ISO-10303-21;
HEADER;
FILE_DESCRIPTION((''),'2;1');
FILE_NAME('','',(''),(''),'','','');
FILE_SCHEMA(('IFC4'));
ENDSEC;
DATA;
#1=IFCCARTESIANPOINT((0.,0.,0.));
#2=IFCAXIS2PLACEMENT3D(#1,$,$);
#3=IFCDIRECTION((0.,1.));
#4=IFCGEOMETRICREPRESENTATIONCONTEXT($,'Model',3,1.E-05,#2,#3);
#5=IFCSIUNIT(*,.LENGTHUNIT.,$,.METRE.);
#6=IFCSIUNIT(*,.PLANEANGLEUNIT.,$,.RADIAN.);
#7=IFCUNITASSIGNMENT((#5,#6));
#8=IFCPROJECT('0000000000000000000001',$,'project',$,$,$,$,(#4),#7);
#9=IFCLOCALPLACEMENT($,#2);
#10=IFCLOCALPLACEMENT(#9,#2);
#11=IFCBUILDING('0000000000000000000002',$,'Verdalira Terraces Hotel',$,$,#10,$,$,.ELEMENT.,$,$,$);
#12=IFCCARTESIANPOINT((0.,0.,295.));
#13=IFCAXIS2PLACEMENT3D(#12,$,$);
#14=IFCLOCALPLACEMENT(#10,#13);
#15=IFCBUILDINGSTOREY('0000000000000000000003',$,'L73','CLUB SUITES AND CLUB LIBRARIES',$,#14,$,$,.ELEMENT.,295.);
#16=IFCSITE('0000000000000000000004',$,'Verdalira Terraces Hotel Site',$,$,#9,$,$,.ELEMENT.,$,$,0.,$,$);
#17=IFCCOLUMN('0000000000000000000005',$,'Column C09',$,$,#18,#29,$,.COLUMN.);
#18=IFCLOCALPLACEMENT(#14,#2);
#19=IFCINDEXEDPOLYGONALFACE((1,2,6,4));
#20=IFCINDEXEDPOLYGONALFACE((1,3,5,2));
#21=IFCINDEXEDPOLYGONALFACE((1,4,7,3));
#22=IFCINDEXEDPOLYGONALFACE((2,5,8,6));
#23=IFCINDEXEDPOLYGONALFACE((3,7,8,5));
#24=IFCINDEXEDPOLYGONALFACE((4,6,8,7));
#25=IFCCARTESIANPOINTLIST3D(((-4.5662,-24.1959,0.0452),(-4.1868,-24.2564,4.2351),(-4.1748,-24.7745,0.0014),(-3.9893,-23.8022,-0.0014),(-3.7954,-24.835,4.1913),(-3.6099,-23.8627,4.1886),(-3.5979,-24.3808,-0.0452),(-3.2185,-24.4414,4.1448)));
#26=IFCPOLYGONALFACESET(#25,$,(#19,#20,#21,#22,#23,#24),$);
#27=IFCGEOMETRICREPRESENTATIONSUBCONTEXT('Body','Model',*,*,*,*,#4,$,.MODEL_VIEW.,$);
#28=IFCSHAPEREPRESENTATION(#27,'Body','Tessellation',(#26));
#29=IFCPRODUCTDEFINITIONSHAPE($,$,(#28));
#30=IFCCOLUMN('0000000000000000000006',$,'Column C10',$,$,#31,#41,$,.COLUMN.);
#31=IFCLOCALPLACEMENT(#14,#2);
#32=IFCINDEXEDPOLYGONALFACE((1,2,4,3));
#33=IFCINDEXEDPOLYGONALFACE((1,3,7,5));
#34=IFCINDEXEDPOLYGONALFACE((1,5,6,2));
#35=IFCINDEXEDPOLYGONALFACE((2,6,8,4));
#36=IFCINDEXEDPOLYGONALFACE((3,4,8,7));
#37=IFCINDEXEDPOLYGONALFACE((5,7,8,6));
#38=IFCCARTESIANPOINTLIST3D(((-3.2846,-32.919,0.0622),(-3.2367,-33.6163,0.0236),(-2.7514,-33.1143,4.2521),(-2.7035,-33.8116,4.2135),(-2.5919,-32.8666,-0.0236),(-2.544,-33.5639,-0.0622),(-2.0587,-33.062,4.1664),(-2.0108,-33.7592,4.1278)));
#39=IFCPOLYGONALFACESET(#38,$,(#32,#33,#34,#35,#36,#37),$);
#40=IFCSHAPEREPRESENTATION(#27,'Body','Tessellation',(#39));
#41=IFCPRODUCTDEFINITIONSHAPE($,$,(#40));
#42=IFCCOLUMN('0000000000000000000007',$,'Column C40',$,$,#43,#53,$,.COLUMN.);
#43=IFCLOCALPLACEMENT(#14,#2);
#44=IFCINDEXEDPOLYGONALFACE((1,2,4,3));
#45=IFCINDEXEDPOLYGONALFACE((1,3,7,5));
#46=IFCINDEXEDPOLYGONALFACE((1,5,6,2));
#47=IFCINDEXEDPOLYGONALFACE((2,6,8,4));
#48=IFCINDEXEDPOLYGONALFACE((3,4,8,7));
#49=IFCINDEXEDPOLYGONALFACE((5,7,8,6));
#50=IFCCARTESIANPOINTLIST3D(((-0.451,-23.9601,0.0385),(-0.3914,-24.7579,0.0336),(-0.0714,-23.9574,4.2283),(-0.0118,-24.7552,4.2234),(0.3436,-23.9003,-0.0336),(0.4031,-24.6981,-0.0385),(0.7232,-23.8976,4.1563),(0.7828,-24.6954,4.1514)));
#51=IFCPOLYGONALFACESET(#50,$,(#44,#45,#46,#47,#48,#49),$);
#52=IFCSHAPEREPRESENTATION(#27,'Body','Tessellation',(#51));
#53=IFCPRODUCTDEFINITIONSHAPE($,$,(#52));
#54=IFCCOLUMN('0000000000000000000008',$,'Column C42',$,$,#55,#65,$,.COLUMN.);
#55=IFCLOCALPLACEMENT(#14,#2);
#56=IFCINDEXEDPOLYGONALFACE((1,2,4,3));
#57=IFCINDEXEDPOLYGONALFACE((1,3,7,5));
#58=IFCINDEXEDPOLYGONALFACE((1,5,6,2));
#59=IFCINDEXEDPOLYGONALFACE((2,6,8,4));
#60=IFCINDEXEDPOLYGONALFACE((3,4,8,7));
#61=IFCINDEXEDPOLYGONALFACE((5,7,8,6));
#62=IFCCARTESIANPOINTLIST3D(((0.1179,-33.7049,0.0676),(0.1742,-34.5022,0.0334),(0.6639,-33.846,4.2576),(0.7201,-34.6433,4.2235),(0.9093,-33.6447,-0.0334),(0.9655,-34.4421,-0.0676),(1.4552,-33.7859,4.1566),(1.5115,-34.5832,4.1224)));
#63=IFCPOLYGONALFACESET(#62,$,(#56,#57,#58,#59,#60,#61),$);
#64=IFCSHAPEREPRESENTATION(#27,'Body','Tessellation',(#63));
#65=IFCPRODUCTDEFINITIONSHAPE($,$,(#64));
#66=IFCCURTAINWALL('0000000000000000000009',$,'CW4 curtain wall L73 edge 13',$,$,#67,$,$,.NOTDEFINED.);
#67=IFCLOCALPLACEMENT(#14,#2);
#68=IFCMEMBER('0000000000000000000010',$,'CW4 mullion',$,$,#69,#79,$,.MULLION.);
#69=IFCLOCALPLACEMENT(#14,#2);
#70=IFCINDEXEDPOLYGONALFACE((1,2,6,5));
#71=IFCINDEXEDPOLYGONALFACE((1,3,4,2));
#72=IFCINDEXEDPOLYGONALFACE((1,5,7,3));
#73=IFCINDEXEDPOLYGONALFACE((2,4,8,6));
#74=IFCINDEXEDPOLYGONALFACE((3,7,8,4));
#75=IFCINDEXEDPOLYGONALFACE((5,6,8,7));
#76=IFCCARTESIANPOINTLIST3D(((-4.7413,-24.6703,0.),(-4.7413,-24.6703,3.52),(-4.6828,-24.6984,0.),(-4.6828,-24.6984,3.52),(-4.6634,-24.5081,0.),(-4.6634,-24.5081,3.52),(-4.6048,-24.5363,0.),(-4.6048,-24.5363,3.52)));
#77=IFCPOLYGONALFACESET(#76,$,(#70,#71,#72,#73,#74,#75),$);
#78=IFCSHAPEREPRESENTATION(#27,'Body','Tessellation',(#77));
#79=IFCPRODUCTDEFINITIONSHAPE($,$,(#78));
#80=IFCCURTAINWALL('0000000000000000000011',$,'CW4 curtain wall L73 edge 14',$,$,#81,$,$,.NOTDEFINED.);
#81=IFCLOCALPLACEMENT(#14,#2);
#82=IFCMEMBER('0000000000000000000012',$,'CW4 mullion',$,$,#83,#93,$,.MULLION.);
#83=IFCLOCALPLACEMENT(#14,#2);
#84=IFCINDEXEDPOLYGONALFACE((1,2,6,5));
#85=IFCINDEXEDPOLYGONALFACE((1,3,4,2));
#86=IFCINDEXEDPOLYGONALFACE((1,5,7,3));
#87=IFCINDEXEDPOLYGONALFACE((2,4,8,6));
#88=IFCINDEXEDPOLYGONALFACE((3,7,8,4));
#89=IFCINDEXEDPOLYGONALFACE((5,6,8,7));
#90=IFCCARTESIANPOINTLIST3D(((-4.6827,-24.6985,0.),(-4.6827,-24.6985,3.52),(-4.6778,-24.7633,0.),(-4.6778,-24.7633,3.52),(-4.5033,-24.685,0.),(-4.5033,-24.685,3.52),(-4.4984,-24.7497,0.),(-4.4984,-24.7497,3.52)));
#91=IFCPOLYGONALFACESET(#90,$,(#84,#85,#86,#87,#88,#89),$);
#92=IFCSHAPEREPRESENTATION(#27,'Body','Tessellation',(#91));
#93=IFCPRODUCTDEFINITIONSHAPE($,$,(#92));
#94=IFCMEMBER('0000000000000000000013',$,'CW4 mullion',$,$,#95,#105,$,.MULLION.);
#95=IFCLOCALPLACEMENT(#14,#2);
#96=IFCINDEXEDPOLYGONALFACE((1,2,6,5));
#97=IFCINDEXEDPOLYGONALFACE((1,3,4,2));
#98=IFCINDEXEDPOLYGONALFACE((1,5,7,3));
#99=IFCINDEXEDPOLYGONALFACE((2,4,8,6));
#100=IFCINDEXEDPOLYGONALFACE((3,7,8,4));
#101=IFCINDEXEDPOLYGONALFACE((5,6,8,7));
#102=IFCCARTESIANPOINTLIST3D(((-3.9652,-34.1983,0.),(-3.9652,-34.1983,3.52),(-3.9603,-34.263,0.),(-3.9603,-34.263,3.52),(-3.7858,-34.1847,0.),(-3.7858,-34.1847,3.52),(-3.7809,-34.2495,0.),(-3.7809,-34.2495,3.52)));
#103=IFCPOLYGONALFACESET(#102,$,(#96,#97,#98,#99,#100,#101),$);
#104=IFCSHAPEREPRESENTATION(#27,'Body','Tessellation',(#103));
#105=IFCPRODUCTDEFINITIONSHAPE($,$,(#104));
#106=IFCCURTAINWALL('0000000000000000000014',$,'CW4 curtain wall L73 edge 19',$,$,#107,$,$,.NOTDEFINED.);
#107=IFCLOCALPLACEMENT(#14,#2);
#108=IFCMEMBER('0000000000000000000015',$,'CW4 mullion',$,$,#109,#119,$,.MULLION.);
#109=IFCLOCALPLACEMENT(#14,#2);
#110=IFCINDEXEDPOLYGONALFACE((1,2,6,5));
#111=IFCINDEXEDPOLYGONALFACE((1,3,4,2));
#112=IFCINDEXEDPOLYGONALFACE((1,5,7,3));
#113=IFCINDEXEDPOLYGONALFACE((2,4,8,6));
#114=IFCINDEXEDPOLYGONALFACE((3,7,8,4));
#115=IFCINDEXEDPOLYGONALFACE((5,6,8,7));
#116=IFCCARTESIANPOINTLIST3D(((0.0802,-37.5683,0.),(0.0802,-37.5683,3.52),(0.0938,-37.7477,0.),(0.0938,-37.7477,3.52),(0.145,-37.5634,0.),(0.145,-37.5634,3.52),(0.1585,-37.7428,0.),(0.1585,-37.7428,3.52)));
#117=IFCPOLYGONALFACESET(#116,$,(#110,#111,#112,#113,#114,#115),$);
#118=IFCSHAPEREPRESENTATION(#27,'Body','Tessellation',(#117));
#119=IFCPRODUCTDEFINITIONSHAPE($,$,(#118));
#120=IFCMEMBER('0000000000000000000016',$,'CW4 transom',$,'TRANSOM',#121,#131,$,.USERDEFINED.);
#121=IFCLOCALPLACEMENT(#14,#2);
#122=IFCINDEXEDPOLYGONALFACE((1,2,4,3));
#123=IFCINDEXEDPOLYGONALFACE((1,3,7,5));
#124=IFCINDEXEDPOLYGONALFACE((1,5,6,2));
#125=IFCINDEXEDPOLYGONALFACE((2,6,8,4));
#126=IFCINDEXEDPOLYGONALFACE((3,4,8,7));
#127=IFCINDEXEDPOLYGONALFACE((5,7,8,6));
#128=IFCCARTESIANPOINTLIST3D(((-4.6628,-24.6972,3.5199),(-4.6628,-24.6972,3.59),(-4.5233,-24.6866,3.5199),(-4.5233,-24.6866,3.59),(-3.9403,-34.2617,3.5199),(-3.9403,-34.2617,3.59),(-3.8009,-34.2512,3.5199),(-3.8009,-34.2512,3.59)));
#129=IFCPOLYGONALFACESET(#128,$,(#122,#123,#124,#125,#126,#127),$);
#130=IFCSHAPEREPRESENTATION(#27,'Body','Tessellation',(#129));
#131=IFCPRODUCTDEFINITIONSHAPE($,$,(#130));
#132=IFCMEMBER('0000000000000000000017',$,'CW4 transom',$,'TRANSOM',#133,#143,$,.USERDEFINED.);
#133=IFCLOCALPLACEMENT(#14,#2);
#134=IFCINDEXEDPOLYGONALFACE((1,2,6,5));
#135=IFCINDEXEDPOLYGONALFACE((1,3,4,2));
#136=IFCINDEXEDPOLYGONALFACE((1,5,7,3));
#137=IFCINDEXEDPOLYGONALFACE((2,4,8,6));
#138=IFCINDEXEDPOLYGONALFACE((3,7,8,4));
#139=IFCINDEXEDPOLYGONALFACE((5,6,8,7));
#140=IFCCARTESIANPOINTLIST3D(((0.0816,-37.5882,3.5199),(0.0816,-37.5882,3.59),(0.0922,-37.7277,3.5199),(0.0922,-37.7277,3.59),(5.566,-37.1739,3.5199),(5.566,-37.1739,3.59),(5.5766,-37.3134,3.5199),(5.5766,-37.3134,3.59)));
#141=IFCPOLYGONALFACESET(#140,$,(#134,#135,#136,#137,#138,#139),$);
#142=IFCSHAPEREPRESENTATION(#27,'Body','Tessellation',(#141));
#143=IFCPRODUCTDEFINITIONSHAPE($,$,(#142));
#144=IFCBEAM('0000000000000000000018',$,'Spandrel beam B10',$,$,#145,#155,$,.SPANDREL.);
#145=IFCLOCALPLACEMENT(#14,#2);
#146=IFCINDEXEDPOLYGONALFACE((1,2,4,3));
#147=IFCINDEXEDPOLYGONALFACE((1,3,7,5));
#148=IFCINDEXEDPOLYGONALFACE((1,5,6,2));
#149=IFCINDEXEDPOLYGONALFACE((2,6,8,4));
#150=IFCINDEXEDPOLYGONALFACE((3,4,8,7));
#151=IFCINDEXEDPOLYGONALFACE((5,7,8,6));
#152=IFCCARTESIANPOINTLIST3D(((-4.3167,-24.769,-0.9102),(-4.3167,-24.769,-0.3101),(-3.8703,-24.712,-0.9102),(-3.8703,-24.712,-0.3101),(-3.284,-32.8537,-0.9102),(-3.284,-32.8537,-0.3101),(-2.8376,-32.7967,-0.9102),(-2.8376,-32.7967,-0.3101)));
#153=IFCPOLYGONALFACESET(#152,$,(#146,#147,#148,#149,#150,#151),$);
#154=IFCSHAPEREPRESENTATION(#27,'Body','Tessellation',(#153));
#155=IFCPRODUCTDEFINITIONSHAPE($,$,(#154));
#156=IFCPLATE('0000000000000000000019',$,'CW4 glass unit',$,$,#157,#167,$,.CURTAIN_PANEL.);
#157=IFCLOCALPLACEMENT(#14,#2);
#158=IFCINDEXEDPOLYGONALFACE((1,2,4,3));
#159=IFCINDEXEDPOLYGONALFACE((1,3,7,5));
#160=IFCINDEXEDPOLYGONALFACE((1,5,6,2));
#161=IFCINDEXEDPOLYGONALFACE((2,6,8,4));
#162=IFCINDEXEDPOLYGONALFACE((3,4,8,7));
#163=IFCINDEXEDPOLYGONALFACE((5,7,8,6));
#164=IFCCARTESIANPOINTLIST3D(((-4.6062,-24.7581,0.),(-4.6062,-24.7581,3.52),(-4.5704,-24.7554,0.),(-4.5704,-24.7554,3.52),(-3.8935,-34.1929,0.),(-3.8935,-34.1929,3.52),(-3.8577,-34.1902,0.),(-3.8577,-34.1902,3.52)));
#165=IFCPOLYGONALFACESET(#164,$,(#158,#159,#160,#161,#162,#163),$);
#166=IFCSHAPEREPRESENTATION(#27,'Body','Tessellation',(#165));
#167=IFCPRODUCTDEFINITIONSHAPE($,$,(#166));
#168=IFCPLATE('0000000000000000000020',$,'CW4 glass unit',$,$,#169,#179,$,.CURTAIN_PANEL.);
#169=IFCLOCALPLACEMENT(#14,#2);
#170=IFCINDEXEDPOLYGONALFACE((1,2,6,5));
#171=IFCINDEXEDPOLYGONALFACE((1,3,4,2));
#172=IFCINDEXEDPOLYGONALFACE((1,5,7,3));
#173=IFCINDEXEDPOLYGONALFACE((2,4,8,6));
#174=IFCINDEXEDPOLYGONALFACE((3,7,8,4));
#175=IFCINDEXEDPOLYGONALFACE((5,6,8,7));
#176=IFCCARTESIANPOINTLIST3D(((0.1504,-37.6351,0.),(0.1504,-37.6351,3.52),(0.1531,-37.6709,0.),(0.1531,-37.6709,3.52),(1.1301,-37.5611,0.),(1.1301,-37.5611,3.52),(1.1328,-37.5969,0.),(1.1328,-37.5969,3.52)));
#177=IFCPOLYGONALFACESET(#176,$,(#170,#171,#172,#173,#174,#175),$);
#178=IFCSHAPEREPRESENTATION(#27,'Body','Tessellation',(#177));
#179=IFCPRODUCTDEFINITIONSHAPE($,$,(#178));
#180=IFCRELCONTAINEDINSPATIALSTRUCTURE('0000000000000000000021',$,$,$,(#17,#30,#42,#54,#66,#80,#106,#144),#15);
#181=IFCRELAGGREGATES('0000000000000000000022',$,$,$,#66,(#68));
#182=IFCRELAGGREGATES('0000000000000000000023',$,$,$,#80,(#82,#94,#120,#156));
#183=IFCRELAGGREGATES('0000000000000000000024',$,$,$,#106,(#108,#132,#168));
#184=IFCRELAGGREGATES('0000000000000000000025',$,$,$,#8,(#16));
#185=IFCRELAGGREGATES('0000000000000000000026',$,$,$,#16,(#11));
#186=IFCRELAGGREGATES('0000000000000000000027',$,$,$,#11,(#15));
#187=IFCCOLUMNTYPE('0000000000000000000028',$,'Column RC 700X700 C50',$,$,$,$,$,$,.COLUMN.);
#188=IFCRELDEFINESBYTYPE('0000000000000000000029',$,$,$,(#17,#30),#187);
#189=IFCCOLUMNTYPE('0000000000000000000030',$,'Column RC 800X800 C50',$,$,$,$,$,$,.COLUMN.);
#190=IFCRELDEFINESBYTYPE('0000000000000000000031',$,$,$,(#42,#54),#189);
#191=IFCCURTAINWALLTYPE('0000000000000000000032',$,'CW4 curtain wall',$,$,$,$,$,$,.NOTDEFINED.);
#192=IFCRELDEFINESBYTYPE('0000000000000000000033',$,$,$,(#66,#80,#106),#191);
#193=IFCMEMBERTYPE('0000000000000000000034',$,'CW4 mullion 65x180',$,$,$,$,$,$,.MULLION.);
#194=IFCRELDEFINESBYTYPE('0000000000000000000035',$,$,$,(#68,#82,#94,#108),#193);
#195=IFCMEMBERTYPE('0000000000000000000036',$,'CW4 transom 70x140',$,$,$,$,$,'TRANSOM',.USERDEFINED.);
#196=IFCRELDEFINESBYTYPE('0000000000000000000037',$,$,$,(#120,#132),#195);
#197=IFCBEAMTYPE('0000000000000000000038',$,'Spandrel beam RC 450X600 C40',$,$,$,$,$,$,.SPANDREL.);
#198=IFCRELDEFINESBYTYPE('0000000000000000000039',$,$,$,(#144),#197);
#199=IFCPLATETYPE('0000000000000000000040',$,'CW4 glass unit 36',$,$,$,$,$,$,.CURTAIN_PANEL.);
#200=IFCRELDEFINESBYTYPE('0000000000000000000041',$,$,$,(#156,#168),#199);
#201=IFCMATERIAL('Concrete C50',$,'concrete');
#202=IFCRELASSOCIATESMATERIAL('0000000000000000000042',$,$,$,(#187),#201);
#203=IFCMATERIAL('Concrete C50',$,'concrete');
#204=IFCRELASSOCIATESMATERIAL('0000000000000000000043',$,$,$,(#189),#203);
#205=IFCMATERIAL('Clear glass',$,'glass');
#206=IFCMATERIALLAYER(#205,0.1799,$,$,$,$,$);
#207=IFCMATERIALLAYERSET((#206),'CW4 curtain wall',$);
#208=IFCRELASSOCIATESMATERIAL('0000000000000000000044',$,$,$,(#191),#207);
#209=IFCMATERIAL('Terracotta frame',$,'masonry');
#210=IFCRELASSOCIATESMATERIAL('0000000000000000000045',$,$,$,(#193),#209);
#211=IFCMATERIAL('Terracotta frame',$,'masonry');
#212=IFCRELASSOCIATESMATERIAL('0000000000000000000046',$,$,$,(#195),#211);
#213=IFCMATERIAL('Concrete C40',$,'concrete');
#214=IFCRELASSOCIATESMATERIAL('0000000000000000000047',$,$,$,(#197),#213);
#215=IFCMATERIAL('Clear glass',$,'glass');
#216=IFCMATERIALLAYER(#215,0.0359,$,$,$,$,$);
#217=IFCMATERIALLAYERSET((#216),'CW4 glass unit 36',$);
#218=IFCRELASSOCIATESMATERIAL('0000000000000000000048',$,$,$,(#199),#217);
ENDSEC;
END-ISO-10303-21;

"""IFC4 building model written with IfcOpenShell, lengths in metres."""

from ifc_helpers import new_model, si_unit, direction, frame, origin, origin_2d, place, context, subcontext, project, spatial, rectangle, extrude, material, layer, layer_set, material_profile, profile_set, type_object, element, aggregate, save


model = new_model("IFC4")

# Units and contexts
model_context = context("Model", 3, precision=1e-05, world=origin(), true_north=direction((0.0, 1.0)))
body_context = subcontext(model_context, "Body", "Model", "MODEL_VIEW")
ifc_project = project(units=[si_unit("LENGTHUNIT", "METRE"), si_unit("PLANEANGLEUNIT", "RADIAN")], contexts=[model_context])

# Site, building, storey
site_placement = place(None, origin())
site = spatial("IfcSite", under=ifc_project, at=site_placement, Name="Verdalira Terraces Hotel Site", CompositionType="ELEMENT", RefElevation=0.0)
building_placement = place(site_placement, origin())
building = spatial("IfcBuilding", under=site, at=building_placement, Name="Verdalira Terraces Hotel", CompositionType="ELEMENT")
storey_placement = place(building_placement, frame((0.0, 0.0, 295.0)))
storey = spatial("IfcBuildingStorey", under=building, at=storey_placement, Name="L73", Description="CLUB SUITES AND CLUB LIBRARIES", CompositionType="ELEMENT", Elevation=295.0)

# Columns
ifc_material_1 = material(Name="Concrete C50", Category="concrete")
ifc_material_profile_1 = material_profile(ifc_material_1, rectangle(XDim=0.7, YDim=0.7, at=origin_2d()), Name="RC 700X700")
ifc_profile_set_1 = profile_set([ifc_material_profile_1], Name="Concrete C50")
column_type_1 = type_object("IfcColumnType", Name="Column RC 700X700 C50", PredefinedType="COLUMN", material=ifc_profile_set_1)
column_1_placement = place(storey_placement, frame((-4.082, -24.2883, 0.0), z_axis=(0.090171, -0.01439, 0.995822), x_axis=(-0.559158, 0.826696, 0.062577)))
element("IfcColumn", 1, at=column_1_placement, inside=storey, type_object=column_type_1, Name="Column C09", PredefinedType="COLUMN", context=body_context, shape_type="SweptSolid", body=[
    extrude(rectangle(XDim=0.7, YDim=0.7, at=origin_2d()), origin(), (0.0, 0.0, 1.0), 4.2075),
])
column_2_placement = place(storey_placement, frame((-2.9143, -33.2415, 0.0), z_axis=(0.126105, -0.046192, 0.990941), x_axis=(0.068516, -0.996124, -0.055153)))
element("IfcColumn", 2, at=column_2_placement, inside=storey, type_object=column_type_1, Name="Column C10", PredefinedType="COLUMN", context=body_context, shape_type="SweptSolid", body=[
    extrude(rectangle(XDim=0.7, YDim=0.7, at=origin_2d()), origin(), (0.0, 0.0, 1.0), 4.2283),
])
ifc_material_2 = material(Name="Concrete C50", Category="concrete")
ifc_material_profile_2 = material_profile(ifc_material_2, rectangle(XDim=0.8, YDim=0.8, at=origin_2d()), Name="RC 800X800")
ifc_profile_set_2 = profile_set([ifc_material_profile_2], Name="Concrete C50")
column_type_2 = type_object("IfcColumnType", Name="Column RC 800X800 C50", PredefinedType="COLUMN", material=ifc_profile_set_2)
column_3_placement = place(storey_placement, frame((-0.0239, -24.3291, 0.0), z_axis=(0.090237, 0.000638, 0.99592), x_axis=(0.074452, -0.997206, -0.006107)))
element("IfcColumn", 3, at=column_3_placement, inside=storey, type_object=column_type_2, Name="Column C40", PredefinedType="COLUMN", context=body_context, shape_type="SweptSolid", body=[
    extrude(rectangle(XDim=0.8, YDim=0.8, at=origin_2d()), origin(), (0.0, 0.0, 1.0), 4.207),
])
column_4_placement = place(storey_placement, frame((0.5417, -34.0735, 0.0), z_axis=(0.129124, -0.033378, 0.991067), x_axis=(0.0703, -0.996611, -0.042724)))
element("IfcColumn", 4, at=column_4_placement, inside=storey, type_object=column_type_2, Name="Column C42", PredefinedType="COLUMN", context=body_context, shape_type="SweptSolid", body=[
    extrude(rectangle(XDim=0.8, YDim=0.8, at=origin_2d()), origin(), (0.0, 0.0, 1.0), 4.2278),
])

# Curtain wall, member
ifc_material_3 = material(Name="Clear glass", Category="glass")
ifc_layer_1 = layer(ifc_material_3, 0.1799)
ifc_layer_set_1 = layer_set([ifc_layer_1], Name="CW4 curtain wall")
curtain_wall_type = type_object("IfcCurtainWallType", Name="CW4 curtain wall", PredefinedType="NOTDEFINED", material=ifc_layer_set_1)
curtain_wall_1_placement = place(storey_placement, origin())
curtain_wall_1 = element("IfcCurtainWall", 5, at=curtain_wall_1_placement, inside=storey, type_object=curtain_wall_type, Name="CW4 curtain wall L73 edge 13", PredefinedType="NOTDEFINED")
ifc_material_4 = material(Name="Terracotta frame", Category="masonry")
ifc_material_profile_3 = material_profile(ifc_material_4, rectangle(XDim=0.0649, YDim=0.1799, at=origin_2d()), Name="MU 65x180")
ifc_profile_set_3 = profile_set([ifc_material_profile_3], Name="Terracotta frame")
member_type_1 = type_object("IfcMemberType", Name="CW4 mullion 65x180", PredefinedType="MULLION", material=ifc_profile_set_3)
member_1_placement = place(storey_placement, frame((-4.6731, -24.6033, 0.0), z_axis=(0.0, 0.0, 1.0), x_axis=(0.901228, -0.433345, 0.0)))
member_1 = element("IfcMember", 6, at=member_1_placement, type_object=member_type_1, Name="CW4 mullion", PredefinedType="MULLION", context=body_context, shape_type="SweptSolid", body=[
    extrude(rectangle(XDim=0.0649, YDim=0.1799, at=origin_2d()), origin(), (0.0, 0.0, 1.0), 3.52),
])
aggregate(curtain_wall_1, [member_1])

# Curtain wall, members
curtain_wall_2_placement = place(storey_placement, origin())
curtain_wall_2 = element("IfcCurtainWall", 7, at=curtain_wall_2_placement, inside=storey, type_object=curtain_wall_type, Name="CW4 curtain wall L73 edge 14", PredefinedType="NOTDEFINED")
member_2_placement = place(storey_placement, frame((-4.5906, -24.7241, 0.0), z_axis=(0.0, 0.0, 1.0), x_axis=(0.075327, -0.997159, 0.0)))
member_2 = element("IfcMember", 8, at=member_2_placement, type_object=member_type_1, Name="CW4 mullion", PredefinedType="MULLION", context=body_context, shape_type="SweptSolid", body=[
    extrude(rectangle(XDim=0.0649, YDim=0.1799, at=origin_2d()), origin(), (0.0, 0.0, 1.0), 3.52),
])
member_3_placement = place(storey_placement, frame((-3.873, -34.2239, 0.0), z_axis=(0.0, 0.0, 1.0), x_axis=(0.075327, -0.997159, 0.0)))
member_3 = element("IfcMember", 9, at=member_3_placement, type_object=member_type_1, Name="CW4 mullion", PredefinedType="MULLION", context=body_context, shape_type="SweptSolid", body=[
    extrude(rectangle(XDim=0.0649, YDim=0.1799, at=origin_2d()), origin(), (0.0, 0.0, 1.0), 3.52),
])

# Curtain wall, member
curtain_wall_3_placement = place(storey_placement, origin())
curtain_wall_3 = element("IfcCurtainWall", 10, at=curtain_wall_3_placement, inside=storey, type_object=curtain_wall_type, Name="CW4 curtain wall L73 edge 19", PredefinedType="NOTDEFINED")
member_4_placement = place(storey_placement, frame((0.1194, -37.6555, 0.0), z_axis=(0.0, 0.0, 1.0), x_axis=(0.997159, 0.075327, 0.0)))
member_4 = element("IfcMember", 11, at=member_4_placement, type_object=member_type_1, Name="CW4 mullion", PredefinedType="MULLION", context=body_context, shape_type="SweptSolid", body=[
    extrude(rectangle(XDim=0.0649, YDim=0.1799, at=origin_2d()), origin(), (0.0, 0.0, 1.0), 3.52),
])

# Members
ifc_material_5 = material(Name="Terracotta frame", Category="masonry")
ifc_material_profile_4 = material_profile(ifc_material_5, rectangle(XDim=0.1399, YDim=0.0701, at=origin_2d()), Name="TR 70x140")
ifc_profile_set_4 = profile_set([ifc_material_profile_4], Name="Terracotta frame")
member_type_2 = type_object("IfcMemberType", Name="CW4 transom 70x140", ElementType="TRANSOM", PredefinedType="USERDEFINED", material=ifc_profile_set_4)
member_5_placement = place(storey_placement, frame((-4.593, -24.6919, 3.5549), z_axis=(0.075316, -0.99716, 0.0), x_axis=(0.99716, 0.075316, 0.0)))
member_5 = element("IfcMember", 12, at=member_5_placement, type_object=member_type_2, Name="CW4 transom", ObjectType="TRANSOM", PredefinedType="USERDEFINED", context=body_context, shape_type="SweptSolid", body=[
    extrude(rectangle(XDim=0.1399, YDim=0.0701, at=origin_2d()), origin(), (0.0, 0.0, 1.0), 9.5918),
])
member_6_placement = place(storey_placement, frame((0.0869, -37.658, 3.5549), z_axis=(0.997159, 0.075328, 0.0), x_axis=(-0.075328, 0.997159, 0.0)))
member_6 = element("IfcMember", 13, at=member_6_placement, type_object=member_type_2, Name="CW4 transom", ObjectType="TRANSOM", PredefinedType="USERDEFINED", context=body_context, shape_type="SweptSolid", body=[
    extrude(rectangle(XDim=0.1399, YDim=0.0701, at=origin_2d()), origin(), (0.0, 0.0, 1.0), 5.5),
])

# Beam
ifc_material_6 = material(Name="Concrete C40", Category="concrete")
ifc_material_profile_5 = material_profile(ifc_material_6, rectangle(XDim=0.45, YDim=0.6001, at=origin_2d()), Name="RC 450X600")
ifc_profile_set_5 = profile_set([ifc_material_profile_5], Name="Concrete C40")
beam_type = type_object("IfcBeamType", Name="Spandrel beam RC 450X600 C40", PredefinedType="SPANDREL", material=ifc_profile_set_5)
beam_placement = place(storey_placement, frame((-4.0935, -24.7405, -0.6101), z_axis=(0.126707, -0.99194, 0.0), x_axis=(0.99194, 0.126707, 0.0)))
element("IfcBeam", 14, at=beam_placement, inside=storey, type_object=beam_type, Name="Spandrel beam B10", PredefinedType="SPANDREL", context=body_context, shape_type="SweptSolid", body=[
    extrude(rectangle(XDim=0.45, YDim=0.6001, at=origin_2d()), origin(), (0.0, 0.0, 1.0), 8.1504),
])

# Plates
ifc_material_7 = material(Name="Clear glass", Category="glass")
ifc_layer_2 = layer(ifc_material_7, 0.0359)
ifc_layer_set_2 = layer_set([ifc_layer_2], Name="CW4 glass unit 36")
plate_type = type_object("IfcPlateType", Name="CW4 glass unit 36", PredefinedType="CURTAIN_PANEL", material=ifc_layer_set_2)
plate_1_placement = place(storey_placement, frame((-4.2319, -29.4741, 0.0), z_axis=(0.0, 0.0, 1.0), x_axis=(0.075327, -0.997159, 0.0)))
plate_1 = element("IfcPlate", 15, at=plate_1_placement, type_object=plate_type, Name="CW4 glass unit", PredefinedType="CURTAIN_PANEL", context=body_context, shape_type="SweptSolid", body=[
    extrude(rectangle(XDim=9.4617, YDim=0.0359, at=origin_2d()), origin(), (0.0, 0.0, 1.0), 3.52),
])
aggregate(curtain_wall_2, [member_2, member_3, member_5, plate_1])
plate_2_placement = place(storey_placement, frame((0.6416, -37.616, 0.0), z_axis=(0.0, 0.0, 1.0), x_axis=(0.997159, 0.075327, 0.0)))
plate_2 = element("IfcPlate", 16, at=plate_2_placement, type_object=plate_type, Name="CW4 glass unit", PredefinedType="CURTAIN_PANEL", context=body_context, shape_type="SweptSolid", body=[
    extrude(rectangle(XDim=0.9824, YDim=0.0359, at=origin_2d()), origin(), (0.0, 0.0, 1.0), 3.52),
])
aggregate(curtain_wall_3, [member_4, member_6, plate_2])

save(model, "model.ifc")
